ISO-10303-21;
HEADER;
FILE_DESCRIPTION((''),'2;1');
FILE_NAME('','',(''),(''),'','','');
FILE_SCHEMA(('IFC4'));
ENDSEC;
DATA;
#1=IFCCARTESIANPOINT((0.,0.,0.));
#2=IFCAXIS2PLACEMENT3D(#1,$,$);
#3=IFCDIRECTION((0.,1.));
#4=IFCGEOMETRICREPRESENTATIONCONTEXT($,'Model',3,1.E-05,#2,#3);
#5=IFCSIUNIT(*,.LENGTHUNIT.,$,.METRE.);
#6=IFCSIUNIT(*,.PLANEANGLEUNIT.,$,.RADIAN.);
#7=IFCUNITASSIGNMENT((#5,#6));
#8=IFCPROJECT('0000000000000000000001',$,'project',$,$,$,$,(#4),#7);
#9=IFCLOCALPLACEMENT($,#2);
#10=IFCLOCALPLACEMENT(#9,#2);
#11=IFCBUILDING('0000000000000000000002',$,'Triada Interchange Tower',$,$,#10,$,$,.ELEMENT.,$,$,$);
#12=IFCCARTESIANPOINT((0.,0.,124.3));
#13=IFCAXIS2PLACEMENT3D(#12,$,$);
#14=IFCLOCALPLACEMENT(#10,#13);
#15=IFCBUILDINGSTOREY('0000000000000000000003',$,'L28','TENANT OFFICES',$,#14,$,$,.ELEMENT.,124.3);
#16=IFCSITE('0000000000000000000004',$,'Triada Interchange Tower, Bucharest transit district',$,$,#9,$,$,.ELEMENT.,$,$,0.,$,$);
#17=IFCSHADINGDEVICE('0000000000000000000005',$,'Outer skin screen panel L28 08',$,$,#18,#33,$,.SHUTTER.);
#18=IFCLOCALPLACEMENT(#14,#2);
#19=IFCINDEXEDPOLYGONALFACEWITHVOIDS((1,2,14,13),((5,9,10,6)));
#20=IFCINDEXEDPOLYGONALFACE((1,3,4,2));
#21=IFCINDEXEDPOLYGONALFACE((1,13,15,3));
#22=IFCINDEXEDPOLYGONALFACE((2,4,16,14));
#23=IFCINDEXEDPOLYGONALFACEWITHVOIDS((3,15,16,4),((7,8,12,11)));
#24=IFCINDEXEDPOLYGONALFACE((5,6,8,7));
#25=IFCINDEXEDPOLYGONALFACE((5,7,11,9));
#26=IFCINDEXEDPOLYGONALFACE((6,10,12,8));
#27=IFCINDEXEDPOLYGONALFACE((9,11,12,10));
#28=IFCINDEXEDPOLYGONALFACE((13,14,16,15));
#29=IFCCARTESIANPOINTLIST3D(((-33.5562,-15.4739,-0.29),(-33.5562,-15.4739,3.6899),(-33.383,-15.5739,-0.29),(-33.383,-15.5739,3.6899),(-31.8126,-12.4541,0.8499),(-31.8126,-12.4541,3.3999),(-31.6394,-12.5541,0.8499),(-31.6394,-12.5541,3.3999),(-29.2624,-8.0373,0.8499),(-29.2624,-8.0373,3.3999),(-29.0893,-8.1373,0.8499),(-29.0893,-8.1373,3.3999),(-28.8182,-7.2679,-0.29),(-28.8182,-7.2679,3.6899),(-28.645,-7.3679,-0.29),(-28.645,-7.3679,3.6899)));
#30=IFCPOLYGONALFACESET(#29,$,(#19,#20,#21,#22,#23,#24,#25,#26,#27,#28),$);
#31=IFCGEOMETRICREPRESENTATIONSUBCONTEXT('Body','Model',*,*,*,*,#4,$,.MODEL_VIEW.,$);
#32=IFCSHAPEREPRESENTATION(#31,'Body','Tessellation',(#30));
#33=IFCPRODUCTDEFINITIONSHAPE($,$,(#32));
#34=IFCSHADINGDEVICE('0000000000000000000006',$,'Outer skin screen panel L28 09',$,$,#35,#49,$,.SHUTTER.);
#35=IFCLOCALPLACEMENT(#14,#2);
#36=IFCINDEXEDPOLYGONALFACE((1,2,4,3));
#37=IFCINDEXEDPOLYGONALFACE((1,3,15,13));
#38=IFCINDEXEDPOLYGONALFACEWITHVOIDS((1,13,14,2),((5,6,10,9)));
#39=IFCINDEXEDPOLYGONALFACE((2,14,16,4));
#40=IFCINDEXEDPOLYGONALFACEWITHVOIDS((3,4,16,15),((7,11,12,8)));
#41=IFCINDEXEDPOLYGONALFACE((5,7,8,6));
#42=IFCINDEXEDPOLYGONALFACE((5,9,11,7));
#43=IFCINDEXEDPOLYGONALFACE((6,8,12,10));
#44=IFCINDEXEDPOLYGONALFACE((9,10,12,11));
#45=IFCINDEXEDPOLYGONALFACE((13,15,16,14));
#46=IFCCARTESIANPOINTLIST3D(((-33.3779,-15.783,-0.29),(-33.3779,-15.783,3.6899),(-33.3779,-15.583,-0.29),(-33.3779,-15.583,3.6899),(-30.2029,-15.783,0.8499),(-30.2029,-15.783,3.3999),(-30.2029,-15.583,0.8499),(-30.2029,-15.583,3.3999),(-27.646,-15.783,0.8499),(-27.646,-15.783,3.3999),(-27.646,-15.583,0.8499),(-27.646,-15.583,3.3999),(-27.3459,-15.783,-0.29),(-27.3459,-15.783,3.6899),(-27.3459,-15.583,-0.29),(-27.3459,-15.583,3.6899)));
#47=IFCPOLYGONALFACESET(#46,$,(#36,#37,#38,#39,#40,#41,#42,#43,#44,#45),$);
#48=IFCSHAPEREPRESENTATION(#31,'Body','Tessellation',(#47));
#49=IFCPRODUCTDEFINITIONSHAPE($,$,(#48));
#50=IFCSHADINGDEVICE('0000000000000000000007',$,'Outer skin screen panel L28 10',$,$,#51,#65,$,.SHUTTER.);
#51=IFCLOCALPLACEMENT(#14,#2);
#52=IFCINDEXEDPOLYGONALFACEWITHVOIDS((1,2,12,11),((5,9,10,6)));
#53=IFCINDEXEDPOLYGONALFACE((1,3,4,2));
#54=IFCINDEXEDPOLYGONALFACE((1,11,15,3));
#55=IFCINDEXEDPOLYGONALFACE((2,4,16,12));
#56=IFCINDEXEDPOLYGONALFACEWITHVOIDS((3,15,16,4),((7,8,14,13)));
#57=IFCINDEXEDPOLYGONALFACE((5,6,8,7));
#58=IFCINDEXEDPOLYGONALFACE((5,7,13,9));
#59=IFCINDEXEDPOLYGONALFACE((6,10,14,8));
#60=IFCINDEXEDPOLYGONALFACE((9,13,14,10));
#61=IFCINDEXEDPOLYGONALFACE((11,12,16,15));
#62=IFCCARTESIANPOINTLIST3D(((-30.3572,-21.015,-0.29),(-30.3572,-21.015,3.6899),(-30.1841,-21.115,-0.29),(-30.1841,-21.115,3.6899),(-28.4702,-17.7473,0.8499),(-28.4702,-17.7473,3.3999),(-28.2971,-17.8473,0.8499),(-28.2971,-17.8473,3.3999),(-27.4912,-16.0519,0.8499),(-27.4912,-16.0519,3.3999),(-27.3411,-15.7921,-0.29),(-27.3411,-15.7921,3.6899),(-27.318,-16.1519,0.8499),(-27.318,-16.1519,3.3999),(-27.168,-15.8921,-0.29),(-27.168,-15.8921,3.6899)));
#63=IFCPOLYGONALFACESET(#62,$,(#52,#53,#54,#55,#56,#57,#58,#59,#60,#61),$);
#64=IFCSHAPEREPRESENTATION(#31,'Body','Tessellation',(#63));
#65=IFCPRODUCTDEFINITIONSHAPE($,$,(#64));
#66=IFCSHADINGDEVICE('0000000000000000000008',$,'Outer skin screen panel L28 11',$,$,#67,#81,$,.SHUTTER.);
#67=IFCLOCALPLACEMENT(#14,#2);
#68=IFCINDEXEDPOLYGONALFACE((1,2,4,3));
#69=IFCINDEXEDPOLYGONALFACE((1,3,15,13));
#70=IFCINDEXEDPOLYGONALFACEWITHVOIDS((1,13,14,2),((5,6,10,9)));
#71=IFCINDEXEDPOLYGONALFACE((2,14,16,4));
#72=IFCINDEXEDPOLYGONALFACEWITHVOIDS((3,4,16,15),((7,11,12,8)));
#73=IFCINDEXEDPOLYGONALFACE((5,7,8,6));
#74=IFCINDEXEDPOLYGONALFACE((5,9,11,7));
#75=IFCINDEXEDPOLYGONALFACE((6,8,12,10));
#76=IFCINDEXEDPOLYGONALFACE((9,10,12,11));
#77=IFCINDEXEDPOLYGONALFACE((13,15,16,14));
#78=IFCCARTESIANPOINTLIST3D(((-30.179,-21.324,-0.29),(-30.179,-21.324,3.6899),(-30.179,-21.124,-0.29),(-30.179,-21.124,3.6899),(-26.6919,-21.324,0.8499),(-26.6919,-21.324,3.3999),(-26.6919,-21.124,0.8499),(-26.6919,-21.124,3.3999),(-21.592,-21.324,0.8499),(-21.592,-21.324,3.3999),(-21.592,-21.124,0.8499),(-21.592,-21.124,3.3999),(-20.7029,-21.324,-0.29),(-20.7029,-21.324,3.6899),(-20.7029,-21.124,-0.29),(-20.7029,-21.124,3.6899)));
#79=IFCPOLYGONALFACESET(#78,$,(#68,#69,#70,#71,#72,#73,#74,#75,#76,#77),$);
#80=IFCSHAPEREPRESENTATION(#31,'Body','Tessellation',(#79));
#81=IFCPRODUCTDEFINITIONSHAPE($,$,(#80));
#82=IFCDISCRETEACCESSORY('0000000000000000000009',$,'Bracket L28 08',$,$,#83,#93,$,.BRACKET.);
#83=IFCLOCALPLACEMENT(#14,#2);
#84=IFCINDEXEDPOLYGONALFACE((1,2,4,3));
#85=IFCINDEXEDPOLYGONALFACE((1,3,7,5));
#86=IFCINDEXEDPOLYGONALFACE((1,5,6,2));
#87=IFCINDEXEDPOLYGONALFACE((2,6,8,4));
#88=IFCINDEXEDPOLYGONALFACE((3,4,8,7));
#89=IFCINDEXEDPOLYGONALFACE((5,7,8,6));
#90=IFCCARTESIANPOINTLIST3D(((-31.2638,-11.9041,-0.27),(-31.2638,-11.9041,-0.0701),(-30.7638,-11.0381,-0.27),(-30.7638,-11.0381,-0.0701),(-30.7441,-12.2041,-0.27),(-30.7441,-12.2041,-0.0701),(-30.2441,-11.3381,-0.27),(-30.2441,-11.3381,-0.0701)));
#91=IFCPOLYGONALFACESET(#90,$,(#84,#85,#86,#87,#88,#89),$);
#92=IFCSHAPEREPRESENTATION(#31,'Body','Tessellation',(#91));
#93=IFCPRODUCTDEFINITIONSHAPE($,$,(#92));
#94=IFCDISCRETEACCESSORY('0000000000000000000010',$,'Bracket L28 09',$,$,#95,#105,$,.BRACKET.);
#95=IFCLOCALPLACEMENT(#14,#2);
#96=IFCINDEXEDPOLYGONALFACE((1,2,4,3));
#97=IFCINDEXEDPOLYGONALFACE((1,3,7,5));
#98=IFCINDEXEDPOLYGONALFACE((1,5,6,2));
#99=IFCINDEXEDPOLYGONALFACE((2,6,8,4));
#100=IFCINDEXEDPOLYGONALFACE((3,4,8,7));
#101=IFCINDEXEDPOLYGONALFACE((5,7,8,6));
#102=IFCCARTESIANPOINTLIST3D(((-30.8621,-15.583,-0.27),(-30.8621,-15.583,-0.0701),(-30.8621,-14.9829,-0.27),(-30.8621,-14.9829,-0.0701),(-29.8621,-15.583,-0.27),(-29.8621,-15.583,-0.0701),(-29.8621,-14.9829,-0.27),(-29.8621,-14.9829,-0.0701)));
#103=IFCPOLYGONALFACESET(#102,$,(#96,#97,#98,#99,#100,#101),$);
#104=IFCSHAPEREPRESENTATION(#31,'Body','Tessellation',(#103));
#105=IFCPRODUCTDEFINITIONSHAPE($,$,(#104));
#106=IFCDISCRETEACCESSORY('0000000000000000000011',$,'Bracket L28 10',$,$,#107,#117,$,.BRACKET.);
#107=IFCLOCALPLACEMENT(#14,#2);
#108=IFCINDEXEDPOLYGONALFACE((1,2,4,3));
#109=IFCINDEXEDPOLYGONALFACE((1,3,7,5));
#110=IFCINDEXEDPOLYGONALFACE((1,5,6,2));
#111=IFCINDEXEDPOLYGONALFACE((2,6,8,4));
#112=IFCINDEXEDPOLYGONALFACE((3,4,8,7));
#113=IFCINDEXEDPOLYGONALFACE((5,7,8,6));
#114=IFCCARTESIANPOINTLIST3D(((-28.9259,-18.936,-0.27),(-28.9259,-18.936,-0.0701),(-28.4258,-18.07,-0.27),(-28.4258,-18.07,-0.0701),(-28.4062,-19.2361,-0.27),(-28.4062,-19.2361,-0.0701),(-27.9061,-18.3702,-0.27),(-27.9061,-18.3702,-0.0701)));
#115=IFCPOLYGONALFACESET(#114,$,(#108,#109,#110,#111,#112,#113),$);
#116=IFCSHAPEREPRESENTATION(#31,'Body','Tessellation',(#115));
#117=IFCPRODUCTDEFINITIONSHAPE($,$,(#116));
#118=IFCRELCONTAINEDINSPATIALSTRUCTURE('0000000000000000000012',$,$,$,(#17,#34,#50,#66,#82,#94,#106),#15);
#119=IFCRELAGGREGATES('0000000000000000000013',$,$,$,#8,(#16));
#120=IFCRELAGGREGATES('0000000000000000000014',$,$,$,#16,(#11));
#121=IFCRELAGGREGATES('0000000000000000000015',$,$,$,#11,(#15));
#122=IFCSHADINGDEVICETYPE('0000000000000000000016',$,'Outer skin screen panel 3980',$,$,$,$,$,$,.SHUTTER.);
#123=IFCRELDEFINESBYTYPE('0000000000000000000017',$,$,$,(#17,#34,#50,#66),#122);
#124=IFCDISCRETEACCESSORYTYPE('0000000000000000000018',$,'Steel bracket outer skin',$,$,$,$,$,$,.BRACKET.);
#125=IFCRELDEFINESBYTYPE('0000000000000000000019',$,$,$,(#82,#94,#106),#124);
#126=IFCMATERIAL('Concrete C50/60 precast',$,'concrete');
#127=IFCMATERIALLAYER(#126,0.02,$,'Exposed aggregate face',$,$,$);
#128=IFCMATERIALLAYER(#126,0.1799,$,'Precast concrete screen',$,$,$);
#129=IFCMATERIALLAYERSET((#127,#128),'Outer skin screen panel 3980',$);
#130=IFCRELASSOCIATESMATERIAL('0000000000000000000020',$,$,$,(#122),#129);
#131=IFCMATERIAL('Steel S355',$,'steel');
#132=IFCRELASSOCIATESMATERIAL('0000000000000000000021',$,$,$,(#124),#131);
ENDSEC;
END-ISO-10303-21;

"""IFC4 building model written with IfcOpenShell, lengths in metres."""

from ifc_helpers import new_model, si_unit, direction, frame, origin, origin_2d, place, context, subcontext, project, spatial, polyline, rectangle, outline, extrude, material, layer, layer_set, type_object, element, save


model = new_model("IFC4")

# Units and contexts
model_context = context("Model", 3, precision=1e-05, world=origin(), true_north=direction((0.0, 1.0)))
body_context = subcontext(model_context, "Body", "Model", "MODEL_VIEW")
ifc_project = project(units=[si_unit("LENGTHUNIT", "METRE"), si_unit("PLANEANGLEUNIT", "RADIAN")], contexts=[model_context])

# Site, building, storey
site_placement = place(None, origin())
site = spatial("IfcSite", under=ifc_project, at=site_placement, Name="Triada Interchange Tower, Bucharest transit district", CompositionType="ELEMENT", RefElevation=0.0)
building_placement = place(site_placement, origin())
building = spatial("IfcBuilding", under=site, at=building_placement, Name="Triada Interchange Tower", CompositionType="ELEMENT")
storey_placement = place(building_placement, frame((0.0, 0.0, 124.3)))
storey = spatial("IfcBuildingStorey", under=building, at=storey_placement, Name="L28", Description="TENANT OFFICES", CompositionType="ELEMENT", Elevation=124.3)

# Shading devices
ifc_material_1 = material(Name="Concrete C50/60 precast", Category="concrete")
ifc_layer_1 = layer(ifc_material_1, 0.02, Name="Exposed aggregate face")
ifc_layer_2 = layer(ifc_material_1, 0.1799, Name="Precast concrete screen")
ifc_layer_set_1 = layer_set([ifc_layer_1, ifc_layer_2], Name="Outer skin screen panel 3980")
shading_device_type = type_object("IfcShadingDeviceType", Name="Outer skin screen panel 3980", PredefinedType="SHUTTER", material=ifc_layer_set_1)
shading_device_1_placement = place(storey_placement, frame((-28.645, -7.3679, -0.29), z_axis=(0.0, 0.0, 1.0), x_axis=(-0.500021, -0.866013, 0.0)))
element("IfcShadingDevice", 1, at=shading_device_1_placement, inside=storey, type_object=shading_device_type, Name="Outer skin screen panel L28 08", PredefinedType="SHUTTER", context=body_context, shape_type="SweptSolid", body=[
    extrude(outline(polyline([(0.0, 0.0), (9.4756, 0.0), (9.4756, 3.98), (0.0, 3.98), (0.0, 0.0)]), holes=[polyline([(0.8884, 1.1399), (0.8884, 3.6899), (5.9885, 3.6899), (5.9885, 1.1399), (0.8884, 1.1399)])]), frame((0.0, 0.0, 0.0), z_axis=(0.0, -1.0, 0.0), x_axis=(1.0, 0.0, 0.0)), (0.0, 0.0, 1.0), 0.2),
])
shading_device_2_placement = place(storey_placement, frame((-33.3779, -15.583, -0.29), z_axis=(0.0, 0.0, 1.0), x_axis=(1.0, 0.0, 0.0)))
element("IfcShadingDevice", 2, at=shading_device_2_placement, inside=storey, type_object=shading_device_type, Name="Outer skin screen panel L28 09", PredefinedType="SHUTTER", context=body_context, shape_type="SweptSolid", body=[
    extrude(outline(polyline([(0.0, 0.0), (6.032, 0.0), (6.032, 3.98), (0.0, 3.98), (0.0, 0.0)]), holes=[polyline([(3.175, 1.1399), (3.175, 3.6899), (5.7319, 3.6899), (5.7319, 1.1399), (3.175, 1.1399)])]), frame((0.0, 0.0, 0.0), z_axis=(0.0, -1.0, 0.0), x_axis=(1.0, 0.0, 0.0)), (0.0, 0.0, 1.0), 0.2),
])
shading_device_3_placement = place(storey_placement, frame((-27.168, -15.8921, -0.29), z_axis=(0.0, 0.0, 1.0), x_axis=(-0.500083, -0.865977, 0.0)))
element("IfcShadingDevice", 3, at=shading_device_3_placement, inside=storey, type_object=shading_device_type, Name="Outer skin screen panel L28 10", PredefinedType="SHUTTER", context=body_context, shape_type="SweptSolid", body=[
    extrude(outline(polyline([(0.0, 0.0), (6.0312, 0.0), (6.0312, 3.98), (0.0, 3.98), (0.0, 0.0)]), holes=[polyline([(0.3, 1.1399), (0.3, 3.6899), (2.2578, 3.6899), (2.2578, 1.1399), (0.3, 1.1399)])]), frame((0.0, 0.0, 0.0), z_axis=(0.0, -1.0, 0.0), x_axis=(1.0, 0.0, 0.0)), (0.0, 0.0, 1.0), 0.2),
])
shading_device_4_placement = place(storey_placement, frame((-30.179, -21.124, -0.29), z_axis=(0.0, 0.0, 1.0), x_axis=(1.0, 0.0, 0.0)))
element("IfcShadingDevice", 4, at=shading_device_4_placement, inside=storey, type_object=shading_device_type, Name="Outer skin screen panel L28 11", PredefinedType="SHUTTER", context=body_context, shape_type="SweptSolid", body=[
    extrude(outline(polyline([(0.0, 0.0), (9.4761, 0.0), (9.4761, 3.98), (0.0, 3.98), (0.0, 0.0)]), holes=[polyline([(3.4871, 1.1399), (3.4871, 3.6899), (8.5869, 3.6899), (8.5869, 1.1399), (3.4871, 1.1399)])]), frame((0.0, 0.0, 0.0), z_axis=(0.0, -1.0, 0.0), x_axis=(1.0, 0.0, 0.0)), (0.0, 0.0, 1.0), 0.2),
])

# Discrete accessories
ifc_material_2 = material(Name="Steel S355", Category="steel")
discrete_accessory_type = type_object("IfcDiscreteAccessoryType", Name="Steel bracket outer skin", PredefinedType="BRACKET", material=ifc_material_2)
for number, where, z_axis, x_axis, name in (
    (5, (-30.7539, -11.6211, -0.27), (0.0, 0.0, 1.0), (-0.866028, 0.499995, 0.0), "Bracket L28 08"),
    (6, (-30.3621, -15.283, -0.27), (0.0, 0.0, 1.0), (0.0, -1.0, 0.0), "Bracket L28 09"),
    (7, (-28.416, -18.6531, -0.27), (0.0, 0.0, 1.0), (-0.865964, 0.500106, 0.0), "Bracket L28 10"),
):
    element("IfcDiscreteAccessory", number, at=place(storey_placement, frame(where, z_axis=z_axis, x_axis=x_axis)), inside=storey, type_object=discrete_accessory_type, Name=name, PredefinedType="BRACKET", context=body_context, shape_type="SweptSolid", body=[
        extrude(rectangle(XDim=0.6001, YDim=1.0, at=origin_2d()), origin(), (0.0, 0.0, 1.0), 0.2),
    ])

save(model, "model.ifc")
